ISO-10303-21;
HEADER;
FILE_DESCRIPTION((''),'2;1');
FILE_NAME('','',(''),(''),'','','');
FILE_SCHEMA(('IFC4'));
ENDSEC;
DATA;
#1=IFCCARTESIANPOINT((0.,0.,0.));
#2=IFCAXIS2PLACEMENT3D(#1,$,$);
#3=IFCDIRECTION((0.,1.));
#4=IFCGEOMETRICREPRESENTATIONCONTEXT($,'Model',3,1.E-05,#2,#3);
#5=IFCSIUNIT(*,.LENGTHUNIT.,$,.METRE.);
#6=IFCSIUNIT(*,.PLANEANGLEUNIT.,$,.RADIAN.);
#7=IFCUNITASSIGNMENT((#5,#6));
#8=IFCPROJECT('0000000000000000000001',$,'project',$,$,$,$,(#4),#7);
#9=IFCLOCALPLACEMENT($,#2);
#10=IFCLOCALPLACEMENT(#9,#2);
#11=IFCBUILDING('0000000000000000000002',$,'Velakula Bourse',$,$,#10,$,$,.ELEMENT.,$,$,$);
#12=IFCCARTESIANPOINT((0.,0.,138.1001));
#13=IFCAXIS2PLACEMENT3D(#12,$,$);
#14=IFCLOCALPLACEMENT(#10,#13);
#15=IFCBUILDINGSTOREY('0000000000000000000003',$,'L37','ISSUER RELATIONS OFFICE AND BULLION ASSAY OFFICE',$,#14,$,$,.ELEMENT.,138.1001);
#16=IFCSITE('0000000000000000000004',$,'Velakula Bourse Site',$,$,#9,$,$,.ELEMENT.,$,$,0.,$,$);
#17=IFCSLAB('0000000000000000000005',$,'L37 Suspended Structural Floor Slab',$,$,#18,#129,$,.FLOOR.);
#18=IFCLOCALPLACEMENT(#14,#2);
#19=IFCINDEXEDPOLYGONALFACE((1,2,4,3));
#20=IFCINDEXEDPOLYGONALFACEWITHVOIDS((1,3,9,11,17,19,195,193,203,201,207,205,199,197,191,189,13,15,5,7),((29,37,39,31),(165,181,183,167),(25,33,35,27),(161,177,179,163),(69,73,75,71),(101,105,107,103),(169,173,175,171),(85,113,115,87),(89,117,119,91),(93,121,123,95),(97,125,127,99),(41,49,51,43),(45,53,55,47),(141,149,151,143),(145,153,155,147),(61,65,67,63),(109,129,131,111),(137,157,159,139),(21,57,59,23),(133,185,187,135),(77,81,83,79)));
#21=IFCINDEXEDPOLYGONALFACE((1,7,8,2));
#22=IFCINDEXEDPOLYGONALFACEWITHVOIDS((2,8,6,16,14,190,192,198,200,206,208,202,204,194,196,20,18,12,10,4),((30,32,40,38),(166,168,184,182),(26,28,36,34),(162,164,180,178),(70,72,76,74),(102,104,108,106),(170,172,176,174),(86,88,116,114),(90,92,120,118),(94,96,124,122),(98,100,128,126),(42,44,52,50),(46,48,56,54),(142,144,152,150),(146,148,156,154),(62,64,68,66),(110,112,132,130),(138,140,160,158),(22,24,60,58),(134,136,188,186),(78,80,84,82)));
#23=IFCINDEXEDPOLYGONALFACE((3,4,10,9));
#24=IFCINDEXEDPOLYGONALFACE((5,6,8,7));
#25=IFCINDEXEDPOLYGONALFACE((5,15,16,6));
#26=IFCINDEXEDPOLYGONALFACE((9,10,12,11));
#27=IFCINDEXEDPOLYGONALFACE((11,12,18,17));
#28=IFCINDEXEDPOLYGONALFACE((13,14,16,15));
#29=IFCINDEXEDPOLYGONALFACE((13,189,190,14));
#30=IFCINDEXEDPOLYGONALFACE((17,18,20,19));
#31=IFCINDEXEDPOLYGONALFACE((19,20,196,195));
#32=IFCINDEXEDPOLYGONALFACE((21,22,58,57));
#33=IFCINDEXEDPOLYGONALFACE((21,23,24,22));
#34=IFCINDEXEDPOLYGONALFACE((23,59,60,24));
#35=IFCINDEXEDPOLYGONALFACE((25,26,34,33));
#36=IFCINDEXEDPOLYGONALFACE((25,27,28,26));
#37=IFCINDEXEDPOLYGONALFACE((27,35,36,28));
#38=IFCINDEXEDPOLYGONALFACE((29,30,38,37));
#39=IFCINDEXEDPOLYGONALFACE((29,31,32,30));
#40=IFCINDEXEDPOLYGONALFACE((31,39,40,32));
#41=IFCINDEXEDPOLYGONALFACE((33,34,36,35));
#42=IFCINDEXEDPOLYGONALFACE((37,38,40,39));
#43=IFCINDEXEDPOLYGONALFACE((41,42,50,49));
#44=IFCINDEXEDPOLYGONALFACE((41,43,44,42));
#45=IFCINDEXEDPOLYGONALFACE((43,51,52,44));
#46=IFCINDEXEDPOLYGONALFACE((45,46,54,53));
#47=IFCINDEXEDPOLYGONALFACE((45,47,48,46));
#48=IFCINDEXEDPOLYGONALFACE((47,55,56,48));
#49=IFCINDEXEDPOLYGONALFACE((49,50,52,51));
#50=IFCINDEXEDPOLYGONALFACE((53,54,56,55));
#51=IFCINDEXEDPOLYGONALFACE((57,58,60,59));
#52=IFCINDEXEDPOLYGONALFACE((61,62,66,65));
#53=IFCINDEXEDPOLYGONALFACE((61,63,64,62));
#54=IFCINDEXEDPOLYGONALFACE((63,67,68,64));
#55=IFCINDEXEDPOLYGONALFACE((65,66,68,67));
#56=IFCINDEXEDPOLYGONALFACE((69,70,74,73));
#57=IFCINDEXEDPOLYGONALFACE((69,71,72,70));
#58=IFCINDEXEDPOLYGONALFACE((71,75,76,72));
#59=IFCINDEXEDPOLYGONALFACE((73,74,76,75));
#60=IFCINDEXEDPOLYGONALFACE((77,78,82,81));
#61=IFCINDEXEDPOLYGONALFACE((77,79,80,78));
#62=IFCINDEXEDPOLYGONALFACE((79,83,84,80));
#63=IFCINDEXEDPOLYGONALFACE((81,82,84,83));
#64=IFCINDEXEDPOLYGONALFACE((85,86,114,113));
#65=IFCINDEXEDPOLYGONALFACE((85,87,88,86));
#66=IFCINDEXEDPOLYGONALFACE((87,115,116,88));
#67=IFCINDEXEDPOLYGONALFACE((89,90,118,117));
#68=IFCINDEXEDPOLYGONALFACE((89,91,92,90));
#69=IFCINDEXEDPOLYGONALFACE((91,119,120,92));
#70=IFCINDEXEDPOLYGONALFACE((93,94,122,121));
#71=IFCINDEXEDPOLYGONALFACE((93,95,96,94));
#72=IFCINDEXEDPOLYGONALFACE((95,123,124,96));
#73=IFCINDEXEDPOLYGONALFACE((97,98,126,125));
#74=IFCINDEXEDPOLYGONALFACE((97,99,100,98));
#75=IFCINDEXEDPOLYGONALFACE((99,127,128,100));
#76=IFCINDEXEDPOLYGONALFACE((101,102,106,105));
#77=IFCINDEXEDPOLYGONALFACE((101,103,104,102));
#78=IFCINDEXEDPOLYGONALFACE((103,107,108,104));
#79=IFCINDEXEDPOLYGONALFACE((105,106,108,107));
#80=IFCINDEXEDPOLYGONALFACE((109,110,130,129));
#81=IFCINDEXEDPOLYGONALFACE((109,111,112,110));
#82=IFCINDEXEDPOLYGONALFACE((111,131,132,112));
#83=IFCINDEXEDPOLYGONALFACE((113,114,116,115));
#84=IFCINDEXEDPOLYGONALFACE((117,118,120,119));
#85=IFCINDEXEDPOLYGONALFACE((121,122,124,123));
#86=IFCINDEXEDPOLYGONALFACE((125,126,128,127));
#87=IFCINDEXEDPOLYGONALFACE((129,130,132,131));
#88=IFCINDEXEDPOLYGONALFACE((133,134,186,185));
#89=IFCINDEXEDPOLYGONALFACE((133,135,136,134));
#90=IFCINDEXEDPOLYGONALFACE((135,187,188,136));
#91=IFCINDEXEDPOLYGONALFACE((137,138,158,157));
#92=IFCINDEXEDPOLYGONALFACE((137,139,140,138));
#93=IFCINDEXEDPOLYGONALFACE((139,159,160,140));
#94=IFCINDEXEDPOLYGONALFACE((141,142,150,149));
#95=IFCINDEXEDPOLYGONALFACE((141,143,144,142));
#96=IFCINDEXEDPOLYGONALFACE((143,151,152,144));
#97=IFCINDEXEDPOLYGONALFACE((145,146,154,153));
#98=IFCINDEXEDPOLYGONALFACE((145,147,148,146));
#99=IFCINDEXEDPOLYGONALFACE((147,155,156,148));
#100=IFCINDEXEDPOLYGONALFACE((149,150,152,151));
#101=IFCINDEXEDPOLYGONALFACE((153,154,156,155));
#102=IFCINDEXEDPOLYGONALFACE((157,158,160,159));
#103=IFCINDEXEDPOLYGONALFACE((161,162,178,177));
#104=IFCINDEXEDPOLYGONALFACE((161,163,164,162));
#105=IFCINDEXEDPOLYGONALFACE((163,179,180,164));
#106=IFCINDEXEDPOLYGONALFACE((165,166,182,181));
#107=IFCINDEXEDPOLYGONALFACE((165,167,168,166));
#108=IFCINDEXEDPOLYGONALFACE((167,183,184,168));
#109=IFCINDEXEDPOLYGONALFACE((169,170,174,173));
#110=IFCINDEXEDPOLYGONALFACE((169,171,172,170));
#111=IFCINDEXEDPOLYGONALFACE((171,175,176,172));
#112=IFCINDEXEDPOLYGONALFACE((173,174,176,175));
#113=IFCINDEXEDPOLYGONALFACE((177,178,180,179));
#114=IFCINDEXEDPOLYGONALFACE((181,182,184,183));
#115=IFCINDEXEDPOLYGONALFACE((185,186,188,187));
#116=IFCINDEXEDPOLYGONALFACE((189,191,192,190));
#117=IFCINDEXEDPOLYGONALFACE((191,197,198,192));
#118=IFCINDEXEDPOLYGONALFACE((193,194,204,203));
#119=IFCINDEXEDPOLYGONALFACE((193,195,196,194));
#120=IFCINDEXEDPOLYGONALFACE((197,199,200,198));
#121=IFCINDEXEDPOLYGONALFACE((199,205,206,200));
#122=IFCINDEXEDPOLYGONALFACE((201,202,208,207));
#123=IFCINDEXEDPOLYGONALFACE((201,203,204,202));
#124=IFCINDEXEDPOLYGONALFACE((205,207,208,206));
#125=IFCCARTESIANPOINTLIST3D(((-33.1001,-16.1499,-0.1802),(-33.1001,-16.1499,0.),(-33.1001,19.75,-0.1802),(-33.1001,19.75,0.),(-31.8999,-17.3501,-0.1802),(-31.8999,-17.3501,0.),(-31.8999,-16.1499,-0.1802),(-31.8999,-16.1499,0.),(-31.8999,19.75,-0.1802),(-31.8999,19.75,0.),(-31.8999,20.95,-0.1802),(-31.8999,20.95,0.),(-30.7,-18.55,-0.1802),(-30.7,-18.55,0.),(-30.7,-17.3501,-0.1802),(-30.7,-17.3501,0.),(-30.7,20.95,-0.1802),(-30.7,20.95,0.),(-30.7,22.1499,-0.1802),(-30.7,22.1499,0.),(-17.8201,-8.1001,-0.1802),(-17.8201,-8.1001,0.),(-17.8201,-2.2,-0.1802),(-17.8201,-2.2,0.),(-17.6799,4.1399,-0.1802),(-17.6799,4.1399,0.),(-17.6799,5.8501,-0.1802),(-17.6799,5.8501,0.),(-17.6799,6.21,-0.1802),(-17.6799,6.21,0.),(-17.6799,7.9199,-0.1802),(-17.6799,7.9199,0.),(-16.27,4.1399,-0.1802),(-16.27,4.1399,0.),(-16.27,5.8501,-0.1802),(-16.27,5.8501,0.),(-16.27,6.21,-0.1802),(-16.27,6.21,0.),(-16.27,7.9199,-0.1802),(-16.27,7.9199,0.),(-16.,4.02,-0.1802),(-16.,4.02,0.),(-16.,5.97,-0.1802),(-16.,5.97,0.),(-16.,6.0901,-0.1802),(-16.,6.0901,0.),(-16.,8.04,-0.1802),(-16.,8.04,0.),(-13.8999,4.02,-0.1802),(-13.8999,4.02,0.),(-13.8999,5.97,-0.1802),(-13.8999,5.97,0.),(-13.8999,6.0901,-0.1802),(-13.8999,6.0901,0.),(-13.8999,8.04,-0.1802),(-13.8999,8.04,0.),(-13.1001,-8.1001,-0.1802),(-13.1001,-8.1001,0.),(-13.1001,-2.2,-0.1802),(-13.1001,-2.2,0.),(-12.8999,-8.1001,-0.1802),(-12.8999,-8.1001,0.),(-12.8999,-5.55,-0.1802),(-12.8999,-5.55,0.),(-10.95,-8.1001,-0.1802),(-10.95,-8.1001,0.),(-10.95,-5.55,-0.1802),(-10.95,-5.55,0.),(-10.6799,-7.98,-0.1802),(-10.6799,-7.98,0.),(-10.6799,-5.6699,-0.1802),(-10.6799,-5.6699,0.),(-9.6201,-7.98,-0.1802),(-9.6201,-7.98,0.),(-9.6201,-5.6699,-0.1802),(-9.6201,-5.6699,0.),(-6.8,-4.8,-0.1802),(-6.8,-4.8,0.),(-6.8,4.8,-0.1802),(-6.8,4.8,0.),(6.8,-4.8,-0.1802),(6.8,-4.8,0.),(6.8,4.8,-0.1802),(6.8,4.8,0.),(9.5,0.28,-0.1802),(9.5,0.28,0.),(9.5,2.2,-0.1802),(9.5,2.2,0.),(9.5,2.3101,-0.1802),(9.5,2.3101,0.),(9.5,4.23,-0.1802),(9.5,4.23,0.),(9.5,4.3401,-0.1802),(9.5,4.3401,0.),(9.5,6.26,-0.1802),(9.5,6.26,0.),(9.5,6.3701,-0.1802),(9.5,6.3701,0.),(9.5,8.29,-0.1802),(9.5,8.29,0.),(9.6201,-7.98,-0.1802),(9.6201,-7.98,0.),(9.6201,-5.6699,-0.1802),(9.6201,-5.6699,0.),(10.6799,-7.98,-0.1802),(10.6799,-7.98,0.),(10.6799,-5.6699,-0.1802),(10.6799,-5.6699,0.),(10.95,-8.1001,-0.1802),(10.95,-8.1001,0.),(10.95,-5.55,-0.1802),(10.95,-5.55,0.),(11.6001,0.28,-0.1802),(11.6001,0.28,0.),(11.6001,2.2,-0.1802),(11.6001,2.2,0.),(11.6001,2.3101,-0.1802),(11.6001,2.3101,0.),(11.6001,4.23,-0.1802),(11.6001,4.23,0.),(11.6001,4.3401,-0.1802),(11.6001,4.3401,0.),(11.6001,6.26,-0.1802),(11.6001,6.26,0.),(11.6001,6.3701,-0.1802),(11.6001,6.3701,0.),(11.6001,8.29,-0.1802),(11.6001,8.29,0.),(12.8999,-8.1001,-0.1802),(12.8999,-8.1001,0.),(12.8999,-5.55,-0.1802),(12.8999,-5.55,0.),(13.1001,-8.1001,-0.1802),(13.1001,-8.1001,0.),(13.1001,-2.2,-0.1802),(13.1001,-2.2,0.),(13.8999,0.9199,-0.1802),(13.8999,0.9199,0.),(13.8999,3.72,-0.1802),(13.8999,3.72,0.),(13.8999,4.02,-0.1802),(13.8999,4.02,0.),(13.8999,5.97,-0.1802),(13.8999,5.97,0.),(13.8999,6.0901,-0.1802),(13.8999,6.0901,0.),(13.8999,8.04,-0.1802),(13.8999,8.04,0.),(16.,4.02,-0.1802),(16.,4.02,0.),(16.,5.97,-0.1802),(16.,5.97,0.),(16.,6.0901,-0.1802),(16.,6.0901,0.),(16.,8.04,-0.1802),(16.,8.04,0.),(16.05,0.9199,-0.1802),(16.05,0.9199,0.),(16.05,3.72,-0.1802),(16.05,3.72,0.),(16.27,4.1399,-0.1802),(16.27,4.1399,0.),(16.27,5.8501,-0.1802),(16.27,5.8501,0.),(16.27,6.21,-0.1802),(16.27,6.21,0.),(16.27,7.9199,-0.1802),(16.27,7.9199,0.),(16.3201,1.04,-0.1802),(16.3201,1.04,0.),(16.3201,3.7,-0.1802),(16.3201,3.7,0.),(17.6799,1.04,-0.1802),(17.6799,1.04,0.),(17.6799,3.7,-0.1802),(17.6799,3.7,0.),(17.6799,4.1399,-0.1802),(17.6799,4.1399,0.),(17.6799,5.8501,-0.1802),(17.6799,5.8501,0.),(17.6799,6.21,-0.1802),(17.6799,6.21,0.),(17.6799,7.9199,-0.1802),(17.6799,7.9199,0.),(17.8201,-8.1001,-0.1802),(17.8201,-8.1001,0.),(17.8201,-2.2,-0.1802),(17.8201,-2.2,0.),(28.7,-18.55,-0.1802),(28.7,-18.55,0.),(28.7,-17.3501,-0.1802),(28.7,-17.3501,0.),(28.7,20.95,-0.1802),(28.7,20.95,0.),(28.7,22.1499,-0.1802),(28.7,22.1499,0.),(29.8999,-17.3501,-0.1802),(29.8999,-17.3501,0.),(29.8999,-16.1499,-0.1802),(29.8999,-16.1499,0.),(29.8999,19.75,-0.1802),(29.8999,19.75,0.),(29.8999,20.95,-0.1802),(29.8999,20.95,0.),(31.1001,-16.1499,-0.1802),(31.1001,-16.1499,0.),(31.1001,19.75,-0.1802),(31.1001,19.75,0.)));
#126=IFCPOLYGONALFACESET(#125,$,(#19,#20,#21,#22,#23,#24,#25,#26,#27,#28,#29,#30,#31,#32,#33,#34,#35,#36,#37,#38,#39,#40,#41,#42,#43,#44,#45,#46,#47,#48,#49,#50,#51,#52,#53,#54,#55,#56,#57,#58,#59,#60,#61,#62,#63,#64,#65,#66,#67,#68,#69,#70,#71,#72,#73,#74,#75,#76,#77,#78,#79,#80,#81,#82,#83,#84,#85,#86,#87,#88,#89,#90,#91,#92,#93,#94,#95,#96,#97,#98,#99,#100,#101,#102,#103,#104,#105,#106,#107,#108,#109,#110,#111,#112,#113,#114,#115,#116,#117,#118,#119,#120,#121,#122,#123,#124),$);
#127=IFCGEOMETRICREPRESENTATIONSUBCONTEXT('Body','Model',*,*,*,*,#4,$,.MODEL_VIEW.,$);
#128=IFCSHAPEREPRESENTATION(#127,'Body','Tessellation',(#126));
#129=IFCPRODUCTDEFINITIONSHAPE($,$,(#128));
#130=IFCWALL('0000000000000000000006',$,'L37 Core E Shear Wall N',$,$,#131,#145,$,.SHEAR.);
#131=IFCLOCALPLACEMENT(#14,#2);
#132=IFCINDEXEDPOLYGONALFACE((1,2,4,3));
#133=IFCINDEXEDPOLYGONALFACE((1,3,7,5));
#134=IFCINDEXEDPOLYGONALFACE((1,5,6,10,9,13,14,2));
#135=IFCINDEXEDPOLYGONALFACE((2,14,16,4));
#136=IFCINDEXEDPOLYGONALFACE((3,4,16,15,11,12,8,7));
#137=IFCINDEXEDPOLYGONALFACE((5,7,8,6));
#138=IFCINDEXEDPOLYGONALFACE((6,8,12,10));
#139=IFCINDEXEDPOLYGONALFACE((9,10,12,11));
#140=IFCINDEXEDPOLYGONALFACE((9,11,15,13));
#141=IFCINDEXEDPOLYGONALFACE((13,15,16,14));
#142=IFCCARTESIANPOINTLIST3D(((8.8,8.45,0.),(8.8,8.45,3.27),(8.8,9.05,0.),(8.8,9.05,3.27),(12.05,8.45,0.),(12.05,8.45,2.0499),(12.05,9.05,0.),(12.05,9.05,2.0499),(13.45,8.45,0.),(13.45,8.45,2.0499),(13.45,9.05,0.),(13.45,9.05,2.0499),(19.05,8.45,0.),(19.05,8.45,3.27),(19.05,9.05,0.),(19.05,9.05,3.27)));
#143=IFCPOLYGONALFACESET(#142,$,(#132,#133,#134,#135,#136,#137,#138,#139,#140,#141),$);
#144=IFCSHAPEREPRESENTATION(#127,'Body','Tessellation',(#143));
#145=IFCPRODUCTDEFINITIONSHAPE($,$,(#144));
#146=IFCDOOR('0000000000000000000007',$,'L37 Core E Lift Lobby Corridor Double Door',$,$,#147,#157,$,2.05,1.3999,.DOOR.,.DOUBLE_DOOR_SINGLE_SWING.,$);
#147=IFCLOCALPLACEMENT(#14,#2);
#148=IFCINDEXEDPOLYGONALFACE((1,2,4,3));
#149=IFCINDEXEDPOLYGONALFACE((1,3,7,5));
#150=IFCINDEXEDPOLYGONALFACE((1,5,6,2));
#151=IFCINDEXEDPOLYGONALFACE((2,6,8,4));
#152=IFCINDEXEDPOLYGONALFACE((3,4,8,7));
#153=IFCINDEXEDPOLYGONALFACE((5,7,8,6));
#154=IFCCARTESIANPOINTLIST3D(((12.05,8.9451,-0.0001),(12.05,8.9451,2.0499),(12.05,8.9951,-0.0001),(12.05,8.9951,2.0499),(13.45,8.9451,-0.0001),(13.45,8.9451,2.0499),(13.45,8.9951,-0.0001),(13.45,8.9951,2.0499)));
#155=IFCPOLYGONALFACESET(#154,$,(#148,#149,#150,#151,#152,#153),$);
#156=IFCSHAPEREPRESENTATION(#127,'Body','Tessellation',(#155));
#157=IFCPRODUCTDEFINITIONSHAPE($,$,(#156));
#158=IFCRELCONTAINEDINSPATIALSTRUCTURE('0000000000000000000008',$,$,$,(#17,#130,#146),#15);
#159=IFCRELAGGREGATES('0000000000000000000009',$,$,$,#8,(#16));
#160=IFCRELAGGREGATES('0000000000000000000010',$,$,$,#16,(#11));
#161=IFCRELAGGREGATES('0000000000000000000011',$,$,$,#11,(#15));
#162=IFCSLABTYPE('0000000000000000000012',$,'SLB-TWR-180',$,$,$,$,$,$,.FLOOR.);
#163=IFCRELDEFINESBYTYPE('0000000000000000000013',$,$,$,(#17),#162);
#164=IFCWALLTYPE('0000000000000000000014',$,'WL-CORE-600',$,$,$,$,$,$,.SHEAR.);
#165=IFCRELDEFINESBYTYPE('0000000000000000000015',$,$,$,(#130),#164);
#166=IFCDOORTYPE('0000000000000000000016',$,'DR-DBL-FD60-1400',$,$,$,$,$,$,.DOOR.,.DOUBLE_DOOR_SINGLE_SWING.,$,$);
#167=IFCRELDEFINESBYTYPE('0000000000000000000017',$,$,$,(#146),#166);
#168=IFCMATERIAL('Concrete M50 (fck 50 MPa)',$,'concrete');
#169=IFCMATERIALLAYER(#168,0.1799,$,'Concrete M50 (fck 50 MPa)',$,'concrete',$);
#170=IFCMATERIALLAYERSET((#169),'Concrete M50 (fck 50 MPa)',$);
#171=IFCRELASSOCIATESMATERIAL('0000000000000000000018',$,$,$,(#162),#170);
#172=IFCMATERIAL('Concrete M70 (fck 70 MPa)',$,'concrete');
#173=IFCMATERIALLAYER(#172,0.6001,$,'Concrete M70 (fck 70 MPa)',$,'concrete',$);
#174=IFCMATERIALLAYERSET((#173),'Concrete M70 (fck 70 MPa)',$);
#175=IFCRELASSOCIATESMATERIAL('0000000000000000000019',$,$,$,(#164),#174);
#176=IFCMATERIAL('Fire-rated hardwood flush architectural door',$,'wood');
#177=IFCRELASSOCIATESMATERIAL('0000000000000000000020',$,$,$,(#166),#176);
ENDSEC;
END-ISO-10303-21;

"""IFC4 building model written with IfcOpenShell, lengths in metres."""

from ifc_helpers import new_model, si_unit, direction, frame, frame_2d, origin, place, context, subcontext, project, spatial, polyline, rectangle, outline, extrude, material, layer, layer_set, type_object, element, fill, save


model = new_model("IFC4")

# Units and contexts
model_context = context("Model", 3, precision=1e-05, world=origin(), true_north=direction((0.0, 1.0)))
body_context = subcontext(model_context, "Body", "Model", "MODEL_VIEW")
ifc_project = project(units=[si_unit("LENGTHUNIT", "METRE"), si_unit("PLANEANGLEUNIT", "RADIAN")], contexts=[model_context])

# Site, building, storey
site_placement = place(None, origin())
site = spatial("IfcSite", under=ifc_project, at=site_placement, Name="Velakula Bourse Site", CompositionType="ELEMENT", RefElevation=0.0)
building_placement = place(site_placement, origin())
building = spatial("IfcBuilding", under=site, at=building_placement, Name="Velakula Bourse", CompositionType="ELEMENT")
storey_placement = place(building_placement, frame((0.0, 0.0, 138.1001)))
storey = spatial("IfcBuildingStorey", under=building, at=storey_placement, Name="L37", Description="ISSUER RELATIONS OFFICE AND BULLION ASSAY OFFICE", CompositionType="ELEMENT", Elevation=138.1001)

# Shared definitions
ifc_material_1 = material(Name="Concrete M70 (fck 70 MPa)", Category="concrete")

# Slab
ifc_material_2 = material(Name="Concrete M50 (fck 50 MPa)", Category="concrete")
ifc_layer_1 = layer(ifc_material_2, 0.1799, Name="Concrete M50 (fck 50 MPa)", Category="concrete")
ifc_layer_set_1 = layer_set([ifc_layer_1], Name="Concrete M50 (fck 50 MPa)")
slab_type_1 = type_object("IfcSlabType", Name="SLB-TWR-180", PredefinedType="FLOOR", material=ifc_layer_set_1)
slab_1_placement = place(storey_placement, frame((0.0, 0.0, -0.1802)))
element("IfcSlab", 1, at=slab_1_placement, inside=storey, type_object=slab_type_1, Name="L37 Suspended Structural Floor Slab", PredefinedType="FLOOR", context=body_context, shape_type="SweptSolid", body=[
    extrude(outline(polyline([(-30.7, -18.55), (28.7, -18.55), (28.7, -17.3501), (29.8999, -17.3501), (29.8999, -16.1499), (31.1001, -16.1499), (31.1001, 19.75), (29.8999, 19.75), (29.8999, 20.95), (28.7, 20.95), (28.7, 22.1499), (-30.7, 22.1499), (-30.7, 20.95), (-31.8999, 20.95), (-31.8999, 19.75), (-33.1001, 19.75), (-33.1001, -16.1499), (-31.8999, -16.1499), (-31.8999, -17.3501), (-30.7, -17.3501), (-30.7, -18.55)]), holes=[polyline([(-17.8201, -8.1001), (-13.1001, -8.1001), (-13.1001, -2.2), (-17.8201, -2.2), (-17.8201, -8.1001)]), polyline([(13.1001, -8.1001), (17.8201, -8.1001), (17.8201, -2.2), (13.1001, -2.2), (13.1001, -8.1001)]), polyline([(-12.8999, -8.1001), (-10.95, -8.1001), (-10.95, -5.55), (-12.8999, -5.55), (-12.8999, -8.1001)]), polyline([(10.95, -8.1001), (12.8999, -8.1001), (12.8999, -5.55), (10.95, -5.55), (10.95, -8.1001)]), polyline([(13.8999, 0.9199), (16.05, 0.9199), (16.05, 3.72), (13.8999, 3.72), (13.8999, 0.9199)]), polyline([(-10.6799, -7.98), (-9.6201, -7.98), (-9.6201, -5.6699), (-10.6799, -5.6699), (-10.6799, -7.98)]), polyline([(-17.6799, 4.1399), (-16.27, 4.1399), (-16.27, 5.8501), (-17.6799, 5.8501), (-17.6799, 4.1399)]), polyline([(-17.6799, 6.21), (-16.27, 6.21), (-16.27, 7.9199), (-17.6799, 7.9199), (-17.6799, 6.21)]), polyline([(9.6201, -7.98), (10.6799, -7.98), (10.6799, -5.6699), (9.6201, -5.6699), (9.6201, -7.98)]), polyline([(16.27, 4.1399), (17.6799, 4.1399), (17.6799, 5.8501), (16.27, 5.8501), (16.27, 4.1399)]), polyline([(16.27, 6.21), (17.6799, 6.21), (17.6799, 7.9199), (16.27, 7.9199), (16.27, 6.21)]), polyline([(16.3201, 1.04), (17.6799, 1.04), (17.6799, 3.7), (16.3201, 3.7), (16.3201, 1.04)]), polyline([(9.5, 0.28), (11.6001, 0.28), (11.6001, 2.2), (9.5, 2.2), (9.5, 0.28)]), polyline([(9.5, 2.3101), (11.6001, 2.3101), (11.6001, 4.23), (9.5, 4.23), (9.5, 2.3101)]), polyline([(9.5, 4.3401), (11.6001, 4.3401), (11.6001, 6.26), (9.5, 6.26), (9.5, 4.3401)]), polyline([(9.5, 6.3701), (11.6001, 6.3701), (11.6001, 8.29), (9.5, 8.29), (9.5, 6.3701)]), polyline([(-16.0, 4.02), (-13.8999, 4.02), (-13.8999, 5.97), (-16.0, 5.97), (-16.0, 4.02)]), polyline([(-16.0, 6.0901), (-13.8999, 6.0901), (-13.8999, 8.04), (-16.0, 8.04), (-16.0, 6.0901)]), polyline([(13.8999, 4.02), (16.0, 4.02), (16.0, 5.97), (13.8999, 5.97), (13.8999, 4.02)]), polyline([(13.8999, 6.0901), (16.0, 6.0901), (16.0, 8.04), (13.8999, 8.04), (13.8999, 6.0901)]), polyline([(-6.8, -4.8), (6.8, -4.8), (6.8, 4.8), (-6.8, 4.8), (-6.8, -4.8)])]), origin(), (0.0, 0.0, 1.0), 0.1802),
])

# Wall, opening, door
ifc_layer_2 = layer(ifc_material_1, 0.6001, Name="Concrete M70 (fck 70 MPa)", Category="concrete")
ifc_layer_set_2 = layer_set([ifc_layer_2], Name="Concrete M70 (fck 70 MPa)")
wall_type_1 = type_object("IfcWallType", Name="WL-CORE-600", PredefinedType="SHEAR", material=ifc_layer_set_2)
wall_1_placement = place(storey_placement, frame((8.8, 8.75, 0.0), z_axis=(0.0, 0.0, 1.0), x_axis=(1.0, 0.0, 0.0)))
wall_1 = element("IfcWall", 2, at=wall_1_placement, inside=storey, type_object=wall_type_1, Name="L37 Core E Shear Wall N", PredefinedType="SHEAR", context=body_context, shape_type="SweptSolid", body=[
    extrude(rectangle(XDim=10.25, YDim=0.6001, at=frame_2d((5.125, 0.0))), origin(), (0.0, 0.0, 1.0), 3.27),
])
opening_1_placement = place(wall_1_placement, frame((3.25, 0.0, 0.0)))
opening_1 = element("IfcOpeningElement", 3, at=opening_1_placement, cuts=wall_1, PredefinedType="OPENING", context=body_context, shape_type="SweptSolid", body=[
    extrude(rectangle(XDim=1.3999, YDim=2.05, at=frame_2d((0.7, 1.0249))), frame((0.0, 0.3101, 0.0), z_axis=(0.0, -1.0, 0.0), x_axis=(1.0, 0.0, 0.0)), (0.0, 0.0, 1.0), 0.6201),
])
ifc_material_3 = material(Name="Fire-rated hardwood flush architectural door", Category="wood")
door_type = type_object("IfcDoorType", Name="DR-DBL-FD60-1400", OperationType="DOUBLE_DOOR_SINGLE_SWING", PredefinedType="DOOR", material=ifc_material_3)
door_placement = place(opening_1_placement, origin())
door = element("IfcDoor", 4, at=door_placement, inside=storey, type_object=door_type, Name="L37 Core E Lift Lobby Corridor Double Door", OperationType="DOUBLE_DOOR_SINGLE_SWING", OverallHeight=2.05, OverallWidth=1.3999, PredefinedType="DOOR", context=body_context, shape_type="SweptSolid", body=[
    extrude(rectangle(XDim=1.3999, YDim=2.05, at=frame_2d((0.7, 1.0249))), frame((0.0, 0.2451, 0.0), z_axis=(0.0, -1.0, 0.0), x_axis=(1.0, 0.0, 0.0)), (0.0, 0.0, 1.0), 0.05),
])
fill(opening_1, door)

save(model, "model.ifc")
